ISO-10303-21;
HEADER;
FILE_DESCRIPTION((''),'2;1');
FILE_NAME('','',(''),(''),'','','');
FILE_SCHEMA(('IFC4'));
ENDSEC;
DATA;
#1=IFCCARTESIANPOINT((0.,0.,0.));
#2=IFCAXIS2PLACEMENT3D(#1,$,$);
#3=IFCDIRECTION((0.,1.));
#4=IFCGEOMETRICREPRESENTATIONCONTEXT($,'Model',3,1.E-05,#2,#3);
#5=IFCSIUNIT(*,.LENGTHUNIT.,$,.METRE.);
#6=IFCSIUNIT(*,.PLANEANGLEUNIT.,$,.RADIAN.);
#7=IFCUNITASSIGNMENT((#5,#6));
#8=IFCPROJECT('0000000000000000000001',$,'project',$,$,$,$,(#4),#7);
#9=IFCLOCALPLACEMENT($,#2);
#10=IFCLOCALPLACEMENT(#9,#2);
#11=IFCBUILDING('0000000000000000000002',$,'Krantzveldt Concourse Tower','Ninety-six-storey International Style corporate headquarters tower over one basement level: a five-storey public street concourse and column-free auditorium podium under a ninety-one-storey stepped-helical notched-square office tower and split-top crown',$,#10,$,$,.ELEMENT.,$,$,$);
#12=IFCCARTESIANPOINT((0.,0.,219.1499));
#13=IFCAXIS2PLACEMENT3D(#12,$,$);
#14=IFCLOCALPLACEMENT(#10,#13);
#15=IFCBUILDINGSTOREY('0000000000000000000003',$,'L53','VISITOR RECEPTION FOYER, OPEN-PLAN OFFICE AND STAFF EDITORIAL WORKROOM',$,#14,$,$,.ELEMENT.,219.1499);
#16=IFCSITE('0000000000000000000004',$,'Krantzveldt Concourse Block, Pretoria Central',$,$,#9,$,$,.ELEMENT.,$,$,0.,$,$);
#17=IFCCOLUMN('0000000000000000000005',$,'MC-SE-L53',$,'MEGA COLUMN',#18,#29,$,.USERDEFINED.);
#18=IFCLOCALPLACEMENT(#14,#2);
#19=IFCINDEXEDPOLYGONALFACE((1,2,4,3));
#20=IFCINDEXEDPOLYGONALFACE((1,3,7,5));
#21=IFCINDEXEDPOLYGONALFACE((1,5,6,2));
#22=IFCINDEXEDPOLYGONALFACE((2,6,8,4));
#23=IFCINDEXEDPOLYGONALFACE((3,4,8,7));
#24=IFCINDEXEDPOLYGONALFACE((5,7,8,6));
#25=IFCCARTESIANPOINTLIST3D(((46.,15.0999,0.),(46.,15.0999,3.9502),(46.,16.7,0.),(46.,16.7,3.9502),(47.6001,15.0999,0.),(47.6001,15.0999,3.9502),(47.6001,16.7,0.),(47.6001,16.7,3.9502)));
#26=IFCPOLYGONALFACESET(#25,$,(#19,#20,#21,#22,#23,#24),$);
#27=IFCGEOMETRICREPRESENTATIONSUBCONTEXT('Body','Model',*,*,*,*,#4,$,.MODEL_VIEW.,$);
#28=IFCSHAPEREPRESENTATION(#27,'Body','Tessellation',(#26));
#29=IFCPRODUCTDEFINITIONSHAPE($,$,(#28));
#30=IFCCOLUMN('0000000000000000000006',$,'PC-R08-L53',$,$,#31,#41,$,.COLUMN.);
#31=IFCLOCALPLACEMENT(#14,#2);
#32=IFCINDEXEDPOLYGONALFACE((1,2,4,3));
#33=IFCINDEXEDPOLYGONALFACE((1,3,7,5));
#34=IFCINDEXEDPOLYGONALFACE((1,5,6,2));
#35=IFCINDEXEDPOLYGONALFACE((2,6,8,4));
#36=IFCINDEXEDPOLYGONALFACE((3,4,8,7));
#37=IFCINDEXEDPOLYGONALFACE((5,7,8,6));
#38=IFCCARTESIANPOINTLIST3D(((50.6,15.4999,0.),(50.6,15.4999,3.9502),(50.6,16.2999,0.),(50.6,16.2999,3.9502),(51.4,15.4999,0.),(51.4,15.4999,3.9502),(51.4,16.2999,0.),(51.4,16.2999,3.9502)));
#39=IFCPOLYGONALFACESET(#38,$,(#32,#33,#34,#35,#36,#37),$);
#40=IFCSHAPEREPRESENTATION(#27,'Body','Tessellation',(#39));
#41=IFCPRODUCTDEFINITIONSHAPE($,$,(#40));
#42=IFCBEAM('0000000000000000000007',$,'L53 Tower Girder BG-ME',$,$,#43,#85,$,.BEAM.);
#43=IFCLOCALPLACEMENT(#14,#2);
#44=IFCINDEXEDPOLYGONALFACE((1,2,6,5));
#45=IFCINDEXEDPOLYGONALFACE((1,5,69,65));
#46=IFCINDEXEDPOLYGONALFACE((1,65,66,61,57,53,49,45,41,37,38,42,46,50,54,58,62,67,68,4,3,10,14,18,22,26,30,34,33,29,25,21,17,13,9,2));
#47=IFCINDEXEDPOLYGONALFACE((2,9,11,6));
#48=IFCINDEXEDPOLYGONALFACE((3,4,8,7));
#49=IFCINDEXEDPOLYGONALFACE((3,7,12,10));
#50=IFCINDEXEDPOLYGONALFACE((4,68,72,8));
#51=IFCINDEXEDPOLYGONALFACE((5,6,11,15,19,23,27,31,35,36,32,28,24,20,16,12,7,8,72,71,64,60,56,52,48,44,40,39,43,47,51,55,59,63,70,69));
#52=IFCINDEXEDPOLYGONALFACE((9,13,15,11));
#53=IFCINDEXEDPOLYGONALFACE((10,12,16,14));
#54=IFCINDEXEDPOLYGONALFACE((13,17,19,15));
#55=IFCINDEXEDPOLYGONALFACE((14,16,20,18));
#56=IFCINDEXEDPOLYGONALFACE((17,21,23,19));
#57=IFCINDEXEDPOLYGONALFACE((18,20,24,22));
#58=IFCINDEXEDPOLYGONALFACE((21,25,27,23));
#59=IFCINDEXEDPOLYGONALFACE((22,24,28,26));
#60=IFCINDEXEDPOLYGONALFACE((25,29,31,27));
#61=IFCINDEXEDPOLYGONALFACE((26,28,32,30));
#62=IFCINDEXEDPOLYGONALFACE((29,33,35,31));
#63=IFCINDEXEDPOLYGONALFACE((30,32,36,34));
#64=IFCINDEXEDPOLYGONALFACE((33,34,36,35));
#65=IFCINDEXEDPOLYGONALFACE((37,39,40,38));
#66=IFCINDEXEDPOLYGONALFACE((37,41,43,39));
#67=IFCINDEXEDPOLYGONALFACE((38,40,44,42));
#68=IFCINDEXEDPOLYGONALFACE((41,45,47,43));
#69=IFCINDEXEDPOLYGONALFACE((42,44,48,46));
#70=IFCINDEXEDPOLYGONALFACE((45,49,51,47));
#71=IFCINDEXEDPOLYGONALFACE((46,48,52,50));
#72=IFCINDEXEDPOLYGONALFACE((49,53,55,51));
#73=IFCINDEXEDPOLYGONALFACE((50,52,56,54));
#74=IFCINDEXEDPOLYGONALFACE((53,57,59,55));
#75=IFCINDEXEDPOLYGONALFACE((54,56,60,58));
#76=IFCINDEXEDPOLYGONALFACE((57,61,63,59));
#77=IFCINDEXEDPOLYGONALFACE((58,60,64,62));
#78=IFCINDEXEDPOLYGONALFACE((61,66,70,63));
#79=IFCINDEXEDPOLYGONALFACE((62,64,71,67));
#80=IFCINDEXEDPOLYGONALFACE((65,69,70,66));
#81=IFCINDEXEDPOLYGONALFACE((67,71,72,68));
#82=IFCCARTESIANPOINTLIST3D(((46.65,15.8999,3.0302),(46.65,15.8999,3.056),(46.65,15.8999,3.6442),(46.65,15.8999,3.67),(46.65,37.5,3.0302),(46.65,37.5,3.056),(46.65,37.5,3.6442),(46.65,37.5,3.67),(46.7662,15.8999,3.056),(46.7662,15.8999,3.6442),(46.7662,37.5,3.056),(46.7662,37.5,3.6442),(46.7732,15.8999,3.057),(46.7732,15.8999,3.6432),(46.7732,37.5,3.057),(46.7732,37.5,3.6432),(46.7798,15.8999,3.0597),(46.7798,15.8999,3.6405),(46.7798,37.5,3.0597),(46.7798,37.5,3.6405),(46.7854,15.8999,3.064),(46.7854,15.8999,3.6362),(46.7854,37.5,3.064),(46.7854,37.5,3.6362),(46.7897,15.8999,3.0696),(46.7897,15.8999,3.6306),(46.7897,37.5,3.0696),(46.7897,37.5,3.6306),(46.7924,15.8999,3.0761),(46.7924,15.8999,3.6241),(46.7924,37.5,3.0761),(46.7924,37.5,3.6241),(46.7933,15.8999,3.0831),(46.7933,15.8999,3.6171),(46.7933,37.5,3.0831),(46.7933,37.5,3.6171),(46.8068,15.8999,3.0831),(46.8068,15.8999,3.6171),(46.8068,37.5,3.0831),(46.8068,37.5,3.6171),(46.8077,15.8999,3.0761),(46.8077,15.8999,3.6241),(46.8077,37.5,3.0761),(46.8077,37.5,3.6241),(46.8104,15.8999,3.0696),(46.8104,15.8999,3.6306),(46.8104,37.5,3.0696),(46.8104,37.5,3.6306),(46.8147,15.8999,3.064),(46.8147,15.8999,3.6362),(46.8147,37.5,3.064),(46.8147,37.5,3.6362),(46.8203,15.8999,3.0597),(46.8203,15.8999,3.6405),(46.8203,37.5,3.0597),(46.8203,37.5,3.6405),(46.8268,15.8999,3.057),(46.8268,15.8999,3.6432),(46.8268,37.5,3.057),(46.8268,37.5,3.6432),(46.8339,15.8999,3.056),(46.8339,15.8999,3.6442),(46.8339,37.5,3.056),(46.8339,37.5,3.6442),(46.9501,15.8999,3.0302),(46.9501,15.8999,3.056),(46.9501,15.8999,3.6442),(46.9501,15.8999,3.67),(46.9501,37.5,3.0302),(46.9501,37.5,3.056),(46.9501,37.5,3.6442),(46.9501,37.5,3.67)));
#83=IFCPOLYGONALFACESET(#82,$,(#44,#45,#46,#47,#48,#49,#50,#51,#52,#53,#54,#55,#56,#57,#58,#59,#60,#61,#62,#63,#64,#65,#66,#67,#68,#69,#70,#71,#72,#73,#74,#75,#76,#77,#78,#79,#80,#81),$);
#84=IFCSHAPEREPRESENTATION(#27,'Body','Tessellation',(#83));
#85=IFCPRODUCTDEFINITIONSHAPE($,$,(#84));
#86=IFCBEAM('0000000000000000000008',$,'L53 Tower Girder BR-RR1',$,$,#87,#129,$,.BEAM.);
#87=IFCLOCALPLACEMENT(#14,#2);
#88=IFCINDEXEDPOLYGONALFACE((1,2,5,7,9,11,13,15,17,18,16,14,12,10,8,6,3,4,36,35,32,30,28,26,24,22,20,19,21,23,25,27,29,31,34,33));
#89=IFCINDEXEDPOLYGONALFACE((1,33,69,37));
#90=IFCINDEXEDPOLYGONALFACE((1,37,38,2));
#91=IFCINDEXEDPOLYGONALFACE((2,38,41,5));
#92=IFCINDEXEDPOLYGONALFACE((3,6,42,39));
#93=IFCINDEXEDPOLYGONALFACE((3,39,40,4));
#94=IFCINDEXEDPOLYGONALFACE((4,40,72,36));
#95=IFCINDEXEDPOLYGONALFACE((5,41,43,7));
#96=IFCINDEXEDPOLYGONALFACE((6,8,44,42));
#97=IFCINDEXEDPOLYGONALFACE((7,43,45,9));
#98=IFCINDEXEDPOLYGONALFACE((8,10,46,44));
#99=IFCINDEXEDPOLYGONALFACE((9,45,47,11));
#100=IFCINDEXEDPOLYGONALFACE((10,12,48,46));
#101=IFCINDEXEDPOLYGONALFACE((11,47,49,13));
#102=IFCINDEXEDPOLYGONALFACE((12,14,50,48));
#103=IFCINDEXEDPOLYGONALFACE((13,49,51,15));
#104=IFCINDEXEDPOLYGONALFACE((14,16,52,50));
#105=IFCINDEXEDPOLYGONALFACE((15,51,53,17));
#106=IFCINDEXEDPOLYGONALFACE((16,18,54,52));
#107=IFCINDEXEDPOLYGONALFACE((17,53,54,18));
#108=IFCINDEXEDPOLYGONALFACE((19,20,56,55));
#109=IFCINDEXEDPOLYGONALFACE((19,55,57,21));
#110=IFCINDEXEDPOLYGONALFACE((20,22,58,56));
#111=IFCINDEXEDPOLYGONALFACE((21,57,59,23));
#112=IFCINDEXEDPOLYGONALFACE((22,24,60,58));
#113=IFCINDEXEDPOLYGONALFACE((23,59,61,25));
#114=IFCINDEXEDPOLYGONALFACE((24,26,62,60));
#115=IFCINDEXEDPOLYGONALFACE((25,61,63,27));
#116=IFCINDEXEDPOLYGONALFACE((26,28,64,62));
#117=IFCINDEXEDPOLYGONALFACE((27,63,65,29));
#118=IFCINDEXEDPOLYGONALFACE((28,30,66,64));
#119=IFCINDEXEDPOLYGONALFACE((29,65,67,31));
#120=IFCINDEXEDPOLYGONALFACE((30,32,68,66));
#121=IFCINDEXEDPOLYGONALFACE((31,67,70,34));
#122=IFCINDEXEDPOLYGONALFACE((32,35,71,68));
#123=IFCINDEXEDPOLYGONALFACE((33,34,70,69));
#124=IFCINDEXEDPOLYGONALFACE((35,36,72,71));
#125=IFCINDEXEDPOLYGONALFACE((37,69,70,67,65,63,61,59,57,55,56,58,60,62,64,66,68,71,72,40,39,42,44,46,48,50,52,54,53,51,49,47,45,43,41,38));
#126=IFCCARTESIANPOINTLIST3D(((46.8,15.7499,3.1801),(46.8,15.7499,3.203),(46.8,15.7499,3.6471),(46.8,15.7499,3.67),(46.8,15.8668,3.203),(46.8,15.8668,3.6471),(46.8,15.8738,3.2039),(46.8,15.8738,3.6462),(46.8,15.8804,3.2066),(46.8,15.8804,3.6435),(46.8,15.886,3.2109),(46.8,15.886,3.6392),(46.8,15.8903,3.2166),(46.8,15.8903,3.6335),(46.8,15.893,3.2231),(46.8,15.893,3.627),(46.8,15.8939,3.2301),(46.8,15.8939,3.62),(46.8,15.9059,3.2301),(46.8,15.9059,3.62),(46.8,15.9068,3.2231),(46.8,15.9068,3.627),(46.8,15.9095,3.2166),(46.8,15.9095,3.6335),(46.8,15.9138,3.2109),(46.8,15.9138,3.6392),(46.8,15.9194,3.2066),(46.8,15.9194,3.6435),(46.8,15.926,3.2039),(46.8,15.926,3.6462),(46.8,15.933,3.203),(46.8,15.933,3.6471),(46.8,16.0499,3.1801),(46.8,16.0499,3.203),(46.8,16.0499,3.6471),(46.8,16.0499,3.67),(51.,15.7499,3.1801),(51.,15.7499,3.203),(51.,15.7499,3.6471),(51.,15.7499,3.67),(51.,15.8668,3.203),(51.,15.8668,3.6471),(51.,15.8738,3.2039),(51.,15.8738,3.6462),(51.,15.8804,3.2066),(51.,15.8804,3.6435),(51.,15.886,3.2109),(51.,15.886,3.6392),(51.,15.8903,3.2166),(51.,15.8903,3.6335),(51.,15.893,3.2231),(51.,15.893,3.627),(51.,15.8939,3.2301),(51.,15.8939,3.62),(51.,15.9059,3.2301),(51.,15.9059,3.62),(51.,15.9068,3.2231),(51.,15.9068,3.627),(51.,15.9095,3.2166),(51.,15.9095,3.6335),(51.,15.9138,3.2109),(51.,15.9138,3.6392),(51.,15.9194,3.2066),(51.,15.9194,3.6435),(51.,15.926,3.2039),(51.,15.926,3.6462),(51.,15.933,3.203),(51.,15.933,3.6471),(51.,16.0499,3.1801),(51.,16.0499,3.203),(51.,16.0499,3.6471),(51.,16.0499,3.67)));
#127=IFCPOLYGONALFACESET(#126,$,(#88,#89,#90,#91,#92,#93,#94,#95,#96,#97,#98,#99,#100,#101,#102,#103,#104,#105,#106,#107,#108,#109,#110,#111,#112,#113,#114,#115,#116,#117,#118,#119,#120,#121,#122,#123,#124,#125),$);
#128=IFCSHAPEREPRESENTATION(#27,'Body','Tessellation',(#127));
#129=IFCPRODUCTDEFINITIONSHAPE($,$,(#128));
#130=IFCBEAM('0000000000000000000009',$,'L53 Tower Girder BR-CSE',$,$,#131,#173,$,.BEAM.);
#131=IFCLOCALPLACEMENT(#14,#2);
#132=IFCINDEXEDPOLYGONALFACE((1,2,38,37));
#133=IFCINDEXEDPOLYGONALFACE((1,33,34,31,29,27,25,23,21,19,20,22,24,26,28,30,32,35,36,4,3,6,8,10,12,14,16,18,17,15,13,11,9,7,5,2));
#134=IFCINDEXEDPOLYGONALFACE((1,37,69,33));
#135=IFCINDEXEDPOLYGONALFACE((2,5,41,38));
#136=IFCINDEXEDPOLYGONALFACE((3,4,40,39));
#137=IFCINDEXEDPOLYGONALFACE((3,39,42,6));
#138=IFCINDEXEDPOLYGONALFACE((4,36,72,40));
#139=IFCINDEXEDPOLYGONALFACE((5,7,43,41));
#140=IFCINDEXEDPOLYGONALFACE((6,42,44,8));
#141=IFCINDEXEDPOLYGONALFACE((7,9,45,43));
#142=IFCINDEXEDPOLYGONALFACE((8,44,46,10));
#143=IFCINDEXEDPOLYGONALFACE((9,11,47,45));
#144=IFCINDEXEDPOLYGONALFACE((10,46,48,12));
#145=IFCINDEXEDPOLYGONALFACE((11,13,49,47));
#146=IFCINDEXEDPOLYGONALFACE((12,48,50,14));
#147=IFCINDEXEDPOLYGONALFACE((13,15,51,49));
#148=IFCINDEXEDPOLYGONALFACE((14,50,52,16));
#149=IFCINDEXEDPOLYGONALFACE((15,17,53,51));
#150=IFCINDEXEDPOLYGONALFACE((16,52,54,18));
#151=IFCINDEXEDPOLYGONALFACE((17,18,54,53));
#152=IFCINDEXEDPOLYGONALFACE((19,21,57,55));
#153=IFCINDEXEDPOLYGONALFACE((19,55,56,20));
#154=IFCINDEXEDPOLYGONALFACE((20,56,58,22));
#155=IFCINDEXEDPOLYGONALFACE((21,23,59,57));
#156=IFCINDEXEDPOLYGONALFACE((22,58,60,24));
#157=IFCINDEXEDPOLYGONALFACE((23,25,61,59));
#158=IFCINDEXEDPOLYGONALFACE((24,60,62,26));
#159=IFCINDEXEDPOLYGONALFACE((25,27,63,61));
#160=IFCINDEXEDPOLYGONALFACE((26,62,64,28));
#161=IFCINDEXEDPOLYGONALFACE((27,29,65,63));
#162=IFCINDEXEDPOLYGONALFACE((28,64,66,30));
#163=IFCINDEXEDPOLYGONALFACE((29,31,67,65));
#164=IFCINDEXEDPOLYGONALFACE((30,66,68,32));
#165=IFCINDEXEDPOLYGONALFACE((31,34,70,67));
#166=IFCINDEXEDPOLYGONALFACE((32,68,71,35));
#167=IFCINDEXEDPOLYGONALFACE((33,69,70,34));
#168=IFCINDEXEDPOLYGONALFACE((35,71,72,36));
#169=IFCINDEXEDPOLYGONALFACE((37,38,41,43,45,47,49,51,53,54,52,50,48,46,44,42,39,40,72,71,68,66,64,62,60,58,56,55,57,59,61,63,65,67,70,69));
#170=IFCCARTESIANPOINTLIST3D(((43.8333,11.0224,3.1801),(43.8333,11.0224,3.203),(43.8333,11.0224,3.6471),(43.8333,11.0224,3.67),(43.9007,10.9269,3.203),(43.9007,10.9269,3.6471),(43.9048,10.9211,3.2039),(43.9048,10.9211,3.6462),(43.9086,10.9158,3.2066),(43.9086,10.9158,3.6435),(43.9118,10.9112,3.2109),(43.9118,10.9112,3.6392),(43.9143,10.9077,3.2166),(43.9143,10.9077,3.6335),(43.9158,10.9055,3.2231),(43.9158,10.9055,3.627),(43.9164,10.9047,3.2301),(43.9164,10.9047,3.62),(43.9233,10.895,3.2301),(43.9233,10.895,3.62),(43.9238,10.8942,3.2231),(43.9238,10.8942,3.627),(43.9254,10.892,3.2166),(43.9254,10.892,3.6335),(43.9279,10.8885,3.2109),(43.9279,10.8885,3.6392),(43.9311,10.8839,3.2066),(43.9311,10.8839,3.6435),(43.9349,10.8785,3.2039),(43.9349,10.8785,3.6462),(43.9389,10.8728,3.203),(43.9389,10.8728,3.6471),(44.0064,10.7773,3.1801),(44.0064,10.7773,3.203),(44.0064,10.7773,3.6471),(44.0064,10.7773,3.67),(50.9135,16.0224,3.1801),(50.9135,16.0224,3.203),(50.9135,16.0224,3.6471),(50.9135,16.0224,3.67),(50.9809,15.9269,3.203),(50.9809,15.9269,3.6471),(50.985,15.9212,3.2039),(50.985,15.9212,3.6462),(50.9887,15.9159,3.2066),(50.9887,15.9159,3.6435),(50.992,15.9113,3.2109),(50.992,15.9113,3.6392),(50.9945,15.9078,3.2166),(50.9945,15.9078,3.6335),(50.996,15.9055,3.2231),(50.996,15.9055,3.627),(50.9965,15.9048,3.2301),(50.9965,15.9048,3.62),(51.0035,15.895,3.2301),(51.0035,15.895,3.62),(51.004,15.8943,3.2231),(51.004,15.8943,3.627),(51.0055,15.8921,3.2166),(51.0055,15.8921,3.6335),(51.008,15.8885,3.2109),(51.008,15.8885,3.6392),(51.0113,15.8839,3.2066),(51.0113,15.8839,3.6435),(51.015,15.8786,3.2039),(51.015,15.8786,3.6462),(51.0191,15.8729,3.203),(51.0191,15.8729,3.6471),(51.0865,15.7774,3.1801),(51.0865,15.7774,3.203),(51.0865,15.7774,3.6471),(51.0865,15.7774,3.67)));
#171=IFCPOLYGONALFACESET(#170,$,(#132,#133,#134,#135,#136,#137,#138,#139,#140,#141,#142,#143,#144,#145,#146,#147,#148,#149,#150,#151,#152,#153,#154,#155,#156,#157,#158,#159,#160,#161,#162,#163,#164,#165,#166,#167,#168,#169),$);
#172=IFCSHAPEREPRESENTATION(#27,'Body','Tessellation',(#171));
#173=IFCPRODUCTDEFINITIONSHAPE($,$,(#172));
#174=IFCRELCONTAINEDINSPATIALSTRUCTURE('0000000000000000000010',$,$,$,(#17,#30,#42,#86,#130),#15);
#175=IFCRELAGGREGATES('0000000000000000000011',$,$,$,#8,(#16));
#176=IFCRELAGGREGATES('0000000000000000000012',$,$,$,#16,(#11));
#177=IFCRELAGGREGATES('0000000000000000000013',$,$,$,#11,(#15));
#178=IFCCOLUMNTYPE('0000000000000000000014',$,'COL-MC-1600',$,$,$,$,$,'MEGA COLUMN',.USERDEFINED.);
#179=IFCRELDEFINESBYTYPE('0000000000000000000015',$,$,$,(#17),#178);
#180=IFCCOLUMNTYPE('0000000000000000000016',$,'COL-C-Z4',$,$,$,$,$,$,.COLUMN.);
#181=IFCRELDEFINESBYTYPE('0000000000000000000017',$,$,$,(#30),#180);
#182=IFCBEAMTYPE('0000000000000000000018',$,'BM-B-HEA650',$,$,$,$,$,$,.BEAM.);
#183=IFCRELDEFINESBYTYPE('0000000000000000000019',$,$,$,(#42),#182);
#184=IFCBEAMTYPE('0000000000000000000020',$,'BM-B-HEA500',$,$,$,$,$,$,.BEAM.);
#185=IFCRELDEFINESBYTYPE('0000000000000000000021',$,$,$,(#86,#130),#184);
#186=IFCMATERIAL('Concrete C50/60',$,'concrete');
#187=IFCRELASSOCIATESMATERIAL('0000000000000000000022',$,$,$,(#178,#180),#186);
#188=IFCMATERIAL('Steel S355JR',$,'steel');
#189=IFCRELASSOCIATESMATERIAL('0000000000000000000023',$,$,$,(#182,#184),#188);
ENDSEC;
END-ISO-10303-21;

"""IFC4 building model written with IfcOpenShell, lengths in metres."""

from ifc_helpers import new_model, si_unit, direction, frame, origin, origin_2d, place, context, subcontext, project, spatial, rectangle, i_section, extrude, source, transform, mapped, material, material_profile, profile_set, type_object, type_shapes, element, save


model = new_model("IFC4")

# Units and contexts
model_context = context("Model", 3, precision=1e-05, world=origin(), true_north=direction((0.0, 1.0)))
body_context = subcontext(model_context, "Body", "Model", "MODEL_VIEW")
ifc_project = project(units=[si_unit("LENGTHUNIT", "METRE"), si_unit("PLANEANGLEUNIT", "RADIAN")], contexts=[model_context])

# Site, building, storey
site_placement = place(None, origin())
site = spatial("IfcSite", under=ifc_project, at=site_placement, Name="Krantzveldt Concourse Block, Pretoria Central", CompositionType="ELEMENT", RefElevation=0.0)
building_placement = place(site_placement, origin())
building = spatial("IfcBuilding", under=site, at=building_placement, Name="Krantzveldt Concourse Tower", Description="Ninety-six-storey International Style corporate headquarters tower over one basement level: a five-storey public street concourse and column-free auditorium podium under a ninety-one-storey stepped-helical notched-square office tower and split-top crown", CompositionType="ELEMENT")
storey_placement = place(building_placement, frame((0.0, 0.0, 219.1499)))
storey = spatial("IfcBuildingStorey", under=building, at=storey_placement, Name="L53", Description="VISITOR RECEPTION FOYER, OPEN-PLAN OFFICE AND STAFF EDITORIAL WORKROOM", CompositionType="ELEMENT", Elevation=219.1499)

# Columns
ifc_material_1 = material(Name="Concrete C50/60", Category="concrete")
ifc_material_profile_1 = material_profile(ifc_material_1, rectangle(XDim=1.6001, YDim=1.6001, at=origin_2d()), Name="Concrete C50/60", Category="concrete")
ifc_profile_set_1 = profile_set([ifc_material_profile_1], Name="Concrete C50/60 - RC 1600x1600")
column_type_1 = type_object("IfcColumnType", Name="COL-MC-1600", ElementType="MEGA COLUMN", PredefinedType="USERDEFINED", material=ifc_profile_set_1)
shared_shape_1 = source(origin(), body_context, "Body", "SweptSolid", [
    extrude(rectangle(XDim=1.6001, YDim=1.6001, at=origin_2d()), origin(), (0.0, 0.0, 1.0), 3.9502),
])
type_shapes(column_type_1, [shared_shape_1])
column_1_placement = place(storey_placement, frame((46.8, 15.8999, 0.0), z_axis=(0.0, 0.0, 1.0), x_axis=(1.0, 0.0, 0.0)))
element("IfcColumn", 1, at=column_1_placement, inside=storey, type_object=column_type_1, Name="MC-SE-L53", ObjectType="MEGA COLUMN", PredefinedType="USERDEFINED", context=body_context, shape_type="MappedRepresentation", body=[
    mapped(shared_shape_1, transform((0.0, 0.0, 0.0), x_axis=(1.0, 0.0, 0.0), y_axis=(0.0, 1.0, 0.0), z_axis=(0.0, 0.0, 1.0), scale=1.0)),
])
ifc_material_profile_2 = material_profile(ifc_material_1, rectangle(XDim=0.8, YDim=0.8, at=origin_2d()), Name="Concrete C50/60", Category="concrete")
ifc_profile_set_2 = profile_set([ifc_material_profile_2], Name="Concrete C50/60 - RC 800x800")
column_type_2 = type_object("IfcColumnType", Name="COL-C-Z4", PredefinedType="COLUMN", material=ifc_profile_set_2)
shared_shape_2 = source(origin(), body_context, "Body", "SweptSolid", [
    extrude(rectangle(XDim=0.8, YDim=0.8, at=origin_2d()), origin(), (0.0, 0.0, 1.0), 3.9502),
])
type_shapes(column_type_2, [shared_shape_2])
column_2_placement = place(storey_placement, frame((51.0, 15.8999, 0.0), z_axis=(0.0, 0.0, 1.0), x_axis=(1.0, 0.0, 0.0)))
element("IfcColumn", 2, at=column_2_placement, inside=storey, type_object=column_type_2, Name="PC-R08-L53", PredefinedType="COLUMN", context=body_context, shape_type="MappedRepresentation", body=[
    mapped(shared_shape_2, transform((0.0, 0.0, 0.0), x_axis=(1.0, 0.0, 0.0), y_axis=(0.0, 1.0, 0.0), z_axis=(0.0, 0.0, 1.0), scale=1.0)),
])

# Beams
ifc_material_2 = material(Name="Steel S355JR", Category="steel")
ifc_material_profile_3 = material_profile(ifc_material_2, i_section(OverallWidth=0.3, OverallDepth=0.6399, WebThickness=0.0134, FlangeThickness=0.0259, FilletRadius=0.0271, at=origin_2d()), Name="Steel S355JR", Category="steel")
ifc_profile_set_3 = profile_set([ifc_material_profile_3], Name="Steel S355JR - HEA 650")
beam_type_1 = type_object("IfcBeamType", Name="BM-B-HEA650", PredefinedType="BEAM", material=ifc_profile_set_3)
shared_shape_3 = source(origin(), body_context, "Body", "SweptSolid", [
    extrude(i_section(OverallWidth=0.3, OverallDepth=0.6399, WebThickness=0.0134, FlangeThickness=0.0259, FilletRadius=0.0271, at=origin_2d()), origin(), (0.0, 0.0, 1.0), 21.6001),
])
type_shapes(beam_type_1, [shared_shape_3])
beam_1_placement = place(storey_placement, frame((46.8, 15.8999, 3.3501), z_axis=(0.0, 1.0, 0.0), x_axis=(-1.0, 0.0, 0.0)))
element("IfcBeam", 3, at=beam_1_placement, inside=storey, type_object=beam_type_1, Name="L53 Tower Girder BG-ME", PredefinedType="BEAM", context=body_context, shape_type="MappedRepresentation", body=[
    mapped(shared_shape_3, transform((0.0, 0.0, 0.0), x_axis=(1.0, 0.0, 0.0), y_axis=(0.0, 1.0, 0.0), z_axis=(0.0, 0.0, 1.0), scale=1.0)),
])
ifc_material_profile_4 = material_profile(ifc_material_2, i_section(OverallWidth=0.3, OverallDepth=0.49, WebThickness=0.012, FlangeThickness=0.0229, FilletRadius=0.0271, at=origin_2d()), Name="Steel S355JR", Category="steel")
ifc_profile_set_4 = profile_set([ifc_material_profile_4], Name="Steel S355JR - HEA 500")
beam_type_2 = type_object("IfcBeamType", Name="BM-B-HEA500", PredefinedType="BEAM", material=ifc_profile_set_4)
shared_shape_4 = source(origin(), body_context, "Body", "SweptSolid", [
    extrude(i_section(OverallWidth=0.3, OverallDepth=0.49, WebThickness=0.012, FlangeThickness=0.0229, FilletRadius=0.0271, at=origin_2d()), origin(), (0.0, 0.0, 1.0), 4.2),
])
beam_2_placement = place(storey_placement, frame((46.8, 15.8999, 3.425), z_axis=(1.0, 0.0, 0.0), x_axis=(0.0, 1.0, 0.0)))
element("IfcBeam", 4, at=beam_2_placement, inside=storey, type_object=beam_type_2, Name="L53 Tower Girder BR-RR1", PredefinedType="BEAM", context=body_context, shape_type="MappedRepresentation", body=[
    mapped(shared_shape_4, transform((0.0, 0.0, 0.0), x_axis=(1.0, 0.0, 0.0), y_axis=(0.0, 1.0, 0.0), z_axis=(0.0, 0.0, 1.0), scale=1.0)),
])
shared_shape_5 = source(origin(), body_context, "Body", "SweptSolid", [
    extrude(i_section(OverallWidth=0.3, OverallDepth=0.49, WebThickness=0.012, FlangeThickness=0.0229, FilletRadius=0.0271, at=origin_2d()), origin(), (0.0, 0.0, 1.0), 8.6677),
])
type_shapes(beam_type_2, [shared_shape_4, shared_shape_5])
beam_3_placement = place(storey_placement, frame((51.0, 15.8999, 3.425), z_axis=(-0.816843, -0.57686, 0.0), x_axis=(0.57686, -0.816843, 0.0)))
element("IfcBeam", 5, at=beam_3_placement, inside=storey, type_object=beam_type_2, Name="L53 Tower Girder BR-CSE", PredefinedType="BEAM", context=body_context, shape_type="MappedRepresentation", body=[
    mapped(shared_shape_5, transform((0.0, 0.0, 0.0), x_axis=(1.0, 0.0, 0.0), y_axis=(0.0, 1.0, 0.0), z_axis=(0.0, 0.0, 1.0), scale=1.0)),
])

save(model, "model.ifc")
